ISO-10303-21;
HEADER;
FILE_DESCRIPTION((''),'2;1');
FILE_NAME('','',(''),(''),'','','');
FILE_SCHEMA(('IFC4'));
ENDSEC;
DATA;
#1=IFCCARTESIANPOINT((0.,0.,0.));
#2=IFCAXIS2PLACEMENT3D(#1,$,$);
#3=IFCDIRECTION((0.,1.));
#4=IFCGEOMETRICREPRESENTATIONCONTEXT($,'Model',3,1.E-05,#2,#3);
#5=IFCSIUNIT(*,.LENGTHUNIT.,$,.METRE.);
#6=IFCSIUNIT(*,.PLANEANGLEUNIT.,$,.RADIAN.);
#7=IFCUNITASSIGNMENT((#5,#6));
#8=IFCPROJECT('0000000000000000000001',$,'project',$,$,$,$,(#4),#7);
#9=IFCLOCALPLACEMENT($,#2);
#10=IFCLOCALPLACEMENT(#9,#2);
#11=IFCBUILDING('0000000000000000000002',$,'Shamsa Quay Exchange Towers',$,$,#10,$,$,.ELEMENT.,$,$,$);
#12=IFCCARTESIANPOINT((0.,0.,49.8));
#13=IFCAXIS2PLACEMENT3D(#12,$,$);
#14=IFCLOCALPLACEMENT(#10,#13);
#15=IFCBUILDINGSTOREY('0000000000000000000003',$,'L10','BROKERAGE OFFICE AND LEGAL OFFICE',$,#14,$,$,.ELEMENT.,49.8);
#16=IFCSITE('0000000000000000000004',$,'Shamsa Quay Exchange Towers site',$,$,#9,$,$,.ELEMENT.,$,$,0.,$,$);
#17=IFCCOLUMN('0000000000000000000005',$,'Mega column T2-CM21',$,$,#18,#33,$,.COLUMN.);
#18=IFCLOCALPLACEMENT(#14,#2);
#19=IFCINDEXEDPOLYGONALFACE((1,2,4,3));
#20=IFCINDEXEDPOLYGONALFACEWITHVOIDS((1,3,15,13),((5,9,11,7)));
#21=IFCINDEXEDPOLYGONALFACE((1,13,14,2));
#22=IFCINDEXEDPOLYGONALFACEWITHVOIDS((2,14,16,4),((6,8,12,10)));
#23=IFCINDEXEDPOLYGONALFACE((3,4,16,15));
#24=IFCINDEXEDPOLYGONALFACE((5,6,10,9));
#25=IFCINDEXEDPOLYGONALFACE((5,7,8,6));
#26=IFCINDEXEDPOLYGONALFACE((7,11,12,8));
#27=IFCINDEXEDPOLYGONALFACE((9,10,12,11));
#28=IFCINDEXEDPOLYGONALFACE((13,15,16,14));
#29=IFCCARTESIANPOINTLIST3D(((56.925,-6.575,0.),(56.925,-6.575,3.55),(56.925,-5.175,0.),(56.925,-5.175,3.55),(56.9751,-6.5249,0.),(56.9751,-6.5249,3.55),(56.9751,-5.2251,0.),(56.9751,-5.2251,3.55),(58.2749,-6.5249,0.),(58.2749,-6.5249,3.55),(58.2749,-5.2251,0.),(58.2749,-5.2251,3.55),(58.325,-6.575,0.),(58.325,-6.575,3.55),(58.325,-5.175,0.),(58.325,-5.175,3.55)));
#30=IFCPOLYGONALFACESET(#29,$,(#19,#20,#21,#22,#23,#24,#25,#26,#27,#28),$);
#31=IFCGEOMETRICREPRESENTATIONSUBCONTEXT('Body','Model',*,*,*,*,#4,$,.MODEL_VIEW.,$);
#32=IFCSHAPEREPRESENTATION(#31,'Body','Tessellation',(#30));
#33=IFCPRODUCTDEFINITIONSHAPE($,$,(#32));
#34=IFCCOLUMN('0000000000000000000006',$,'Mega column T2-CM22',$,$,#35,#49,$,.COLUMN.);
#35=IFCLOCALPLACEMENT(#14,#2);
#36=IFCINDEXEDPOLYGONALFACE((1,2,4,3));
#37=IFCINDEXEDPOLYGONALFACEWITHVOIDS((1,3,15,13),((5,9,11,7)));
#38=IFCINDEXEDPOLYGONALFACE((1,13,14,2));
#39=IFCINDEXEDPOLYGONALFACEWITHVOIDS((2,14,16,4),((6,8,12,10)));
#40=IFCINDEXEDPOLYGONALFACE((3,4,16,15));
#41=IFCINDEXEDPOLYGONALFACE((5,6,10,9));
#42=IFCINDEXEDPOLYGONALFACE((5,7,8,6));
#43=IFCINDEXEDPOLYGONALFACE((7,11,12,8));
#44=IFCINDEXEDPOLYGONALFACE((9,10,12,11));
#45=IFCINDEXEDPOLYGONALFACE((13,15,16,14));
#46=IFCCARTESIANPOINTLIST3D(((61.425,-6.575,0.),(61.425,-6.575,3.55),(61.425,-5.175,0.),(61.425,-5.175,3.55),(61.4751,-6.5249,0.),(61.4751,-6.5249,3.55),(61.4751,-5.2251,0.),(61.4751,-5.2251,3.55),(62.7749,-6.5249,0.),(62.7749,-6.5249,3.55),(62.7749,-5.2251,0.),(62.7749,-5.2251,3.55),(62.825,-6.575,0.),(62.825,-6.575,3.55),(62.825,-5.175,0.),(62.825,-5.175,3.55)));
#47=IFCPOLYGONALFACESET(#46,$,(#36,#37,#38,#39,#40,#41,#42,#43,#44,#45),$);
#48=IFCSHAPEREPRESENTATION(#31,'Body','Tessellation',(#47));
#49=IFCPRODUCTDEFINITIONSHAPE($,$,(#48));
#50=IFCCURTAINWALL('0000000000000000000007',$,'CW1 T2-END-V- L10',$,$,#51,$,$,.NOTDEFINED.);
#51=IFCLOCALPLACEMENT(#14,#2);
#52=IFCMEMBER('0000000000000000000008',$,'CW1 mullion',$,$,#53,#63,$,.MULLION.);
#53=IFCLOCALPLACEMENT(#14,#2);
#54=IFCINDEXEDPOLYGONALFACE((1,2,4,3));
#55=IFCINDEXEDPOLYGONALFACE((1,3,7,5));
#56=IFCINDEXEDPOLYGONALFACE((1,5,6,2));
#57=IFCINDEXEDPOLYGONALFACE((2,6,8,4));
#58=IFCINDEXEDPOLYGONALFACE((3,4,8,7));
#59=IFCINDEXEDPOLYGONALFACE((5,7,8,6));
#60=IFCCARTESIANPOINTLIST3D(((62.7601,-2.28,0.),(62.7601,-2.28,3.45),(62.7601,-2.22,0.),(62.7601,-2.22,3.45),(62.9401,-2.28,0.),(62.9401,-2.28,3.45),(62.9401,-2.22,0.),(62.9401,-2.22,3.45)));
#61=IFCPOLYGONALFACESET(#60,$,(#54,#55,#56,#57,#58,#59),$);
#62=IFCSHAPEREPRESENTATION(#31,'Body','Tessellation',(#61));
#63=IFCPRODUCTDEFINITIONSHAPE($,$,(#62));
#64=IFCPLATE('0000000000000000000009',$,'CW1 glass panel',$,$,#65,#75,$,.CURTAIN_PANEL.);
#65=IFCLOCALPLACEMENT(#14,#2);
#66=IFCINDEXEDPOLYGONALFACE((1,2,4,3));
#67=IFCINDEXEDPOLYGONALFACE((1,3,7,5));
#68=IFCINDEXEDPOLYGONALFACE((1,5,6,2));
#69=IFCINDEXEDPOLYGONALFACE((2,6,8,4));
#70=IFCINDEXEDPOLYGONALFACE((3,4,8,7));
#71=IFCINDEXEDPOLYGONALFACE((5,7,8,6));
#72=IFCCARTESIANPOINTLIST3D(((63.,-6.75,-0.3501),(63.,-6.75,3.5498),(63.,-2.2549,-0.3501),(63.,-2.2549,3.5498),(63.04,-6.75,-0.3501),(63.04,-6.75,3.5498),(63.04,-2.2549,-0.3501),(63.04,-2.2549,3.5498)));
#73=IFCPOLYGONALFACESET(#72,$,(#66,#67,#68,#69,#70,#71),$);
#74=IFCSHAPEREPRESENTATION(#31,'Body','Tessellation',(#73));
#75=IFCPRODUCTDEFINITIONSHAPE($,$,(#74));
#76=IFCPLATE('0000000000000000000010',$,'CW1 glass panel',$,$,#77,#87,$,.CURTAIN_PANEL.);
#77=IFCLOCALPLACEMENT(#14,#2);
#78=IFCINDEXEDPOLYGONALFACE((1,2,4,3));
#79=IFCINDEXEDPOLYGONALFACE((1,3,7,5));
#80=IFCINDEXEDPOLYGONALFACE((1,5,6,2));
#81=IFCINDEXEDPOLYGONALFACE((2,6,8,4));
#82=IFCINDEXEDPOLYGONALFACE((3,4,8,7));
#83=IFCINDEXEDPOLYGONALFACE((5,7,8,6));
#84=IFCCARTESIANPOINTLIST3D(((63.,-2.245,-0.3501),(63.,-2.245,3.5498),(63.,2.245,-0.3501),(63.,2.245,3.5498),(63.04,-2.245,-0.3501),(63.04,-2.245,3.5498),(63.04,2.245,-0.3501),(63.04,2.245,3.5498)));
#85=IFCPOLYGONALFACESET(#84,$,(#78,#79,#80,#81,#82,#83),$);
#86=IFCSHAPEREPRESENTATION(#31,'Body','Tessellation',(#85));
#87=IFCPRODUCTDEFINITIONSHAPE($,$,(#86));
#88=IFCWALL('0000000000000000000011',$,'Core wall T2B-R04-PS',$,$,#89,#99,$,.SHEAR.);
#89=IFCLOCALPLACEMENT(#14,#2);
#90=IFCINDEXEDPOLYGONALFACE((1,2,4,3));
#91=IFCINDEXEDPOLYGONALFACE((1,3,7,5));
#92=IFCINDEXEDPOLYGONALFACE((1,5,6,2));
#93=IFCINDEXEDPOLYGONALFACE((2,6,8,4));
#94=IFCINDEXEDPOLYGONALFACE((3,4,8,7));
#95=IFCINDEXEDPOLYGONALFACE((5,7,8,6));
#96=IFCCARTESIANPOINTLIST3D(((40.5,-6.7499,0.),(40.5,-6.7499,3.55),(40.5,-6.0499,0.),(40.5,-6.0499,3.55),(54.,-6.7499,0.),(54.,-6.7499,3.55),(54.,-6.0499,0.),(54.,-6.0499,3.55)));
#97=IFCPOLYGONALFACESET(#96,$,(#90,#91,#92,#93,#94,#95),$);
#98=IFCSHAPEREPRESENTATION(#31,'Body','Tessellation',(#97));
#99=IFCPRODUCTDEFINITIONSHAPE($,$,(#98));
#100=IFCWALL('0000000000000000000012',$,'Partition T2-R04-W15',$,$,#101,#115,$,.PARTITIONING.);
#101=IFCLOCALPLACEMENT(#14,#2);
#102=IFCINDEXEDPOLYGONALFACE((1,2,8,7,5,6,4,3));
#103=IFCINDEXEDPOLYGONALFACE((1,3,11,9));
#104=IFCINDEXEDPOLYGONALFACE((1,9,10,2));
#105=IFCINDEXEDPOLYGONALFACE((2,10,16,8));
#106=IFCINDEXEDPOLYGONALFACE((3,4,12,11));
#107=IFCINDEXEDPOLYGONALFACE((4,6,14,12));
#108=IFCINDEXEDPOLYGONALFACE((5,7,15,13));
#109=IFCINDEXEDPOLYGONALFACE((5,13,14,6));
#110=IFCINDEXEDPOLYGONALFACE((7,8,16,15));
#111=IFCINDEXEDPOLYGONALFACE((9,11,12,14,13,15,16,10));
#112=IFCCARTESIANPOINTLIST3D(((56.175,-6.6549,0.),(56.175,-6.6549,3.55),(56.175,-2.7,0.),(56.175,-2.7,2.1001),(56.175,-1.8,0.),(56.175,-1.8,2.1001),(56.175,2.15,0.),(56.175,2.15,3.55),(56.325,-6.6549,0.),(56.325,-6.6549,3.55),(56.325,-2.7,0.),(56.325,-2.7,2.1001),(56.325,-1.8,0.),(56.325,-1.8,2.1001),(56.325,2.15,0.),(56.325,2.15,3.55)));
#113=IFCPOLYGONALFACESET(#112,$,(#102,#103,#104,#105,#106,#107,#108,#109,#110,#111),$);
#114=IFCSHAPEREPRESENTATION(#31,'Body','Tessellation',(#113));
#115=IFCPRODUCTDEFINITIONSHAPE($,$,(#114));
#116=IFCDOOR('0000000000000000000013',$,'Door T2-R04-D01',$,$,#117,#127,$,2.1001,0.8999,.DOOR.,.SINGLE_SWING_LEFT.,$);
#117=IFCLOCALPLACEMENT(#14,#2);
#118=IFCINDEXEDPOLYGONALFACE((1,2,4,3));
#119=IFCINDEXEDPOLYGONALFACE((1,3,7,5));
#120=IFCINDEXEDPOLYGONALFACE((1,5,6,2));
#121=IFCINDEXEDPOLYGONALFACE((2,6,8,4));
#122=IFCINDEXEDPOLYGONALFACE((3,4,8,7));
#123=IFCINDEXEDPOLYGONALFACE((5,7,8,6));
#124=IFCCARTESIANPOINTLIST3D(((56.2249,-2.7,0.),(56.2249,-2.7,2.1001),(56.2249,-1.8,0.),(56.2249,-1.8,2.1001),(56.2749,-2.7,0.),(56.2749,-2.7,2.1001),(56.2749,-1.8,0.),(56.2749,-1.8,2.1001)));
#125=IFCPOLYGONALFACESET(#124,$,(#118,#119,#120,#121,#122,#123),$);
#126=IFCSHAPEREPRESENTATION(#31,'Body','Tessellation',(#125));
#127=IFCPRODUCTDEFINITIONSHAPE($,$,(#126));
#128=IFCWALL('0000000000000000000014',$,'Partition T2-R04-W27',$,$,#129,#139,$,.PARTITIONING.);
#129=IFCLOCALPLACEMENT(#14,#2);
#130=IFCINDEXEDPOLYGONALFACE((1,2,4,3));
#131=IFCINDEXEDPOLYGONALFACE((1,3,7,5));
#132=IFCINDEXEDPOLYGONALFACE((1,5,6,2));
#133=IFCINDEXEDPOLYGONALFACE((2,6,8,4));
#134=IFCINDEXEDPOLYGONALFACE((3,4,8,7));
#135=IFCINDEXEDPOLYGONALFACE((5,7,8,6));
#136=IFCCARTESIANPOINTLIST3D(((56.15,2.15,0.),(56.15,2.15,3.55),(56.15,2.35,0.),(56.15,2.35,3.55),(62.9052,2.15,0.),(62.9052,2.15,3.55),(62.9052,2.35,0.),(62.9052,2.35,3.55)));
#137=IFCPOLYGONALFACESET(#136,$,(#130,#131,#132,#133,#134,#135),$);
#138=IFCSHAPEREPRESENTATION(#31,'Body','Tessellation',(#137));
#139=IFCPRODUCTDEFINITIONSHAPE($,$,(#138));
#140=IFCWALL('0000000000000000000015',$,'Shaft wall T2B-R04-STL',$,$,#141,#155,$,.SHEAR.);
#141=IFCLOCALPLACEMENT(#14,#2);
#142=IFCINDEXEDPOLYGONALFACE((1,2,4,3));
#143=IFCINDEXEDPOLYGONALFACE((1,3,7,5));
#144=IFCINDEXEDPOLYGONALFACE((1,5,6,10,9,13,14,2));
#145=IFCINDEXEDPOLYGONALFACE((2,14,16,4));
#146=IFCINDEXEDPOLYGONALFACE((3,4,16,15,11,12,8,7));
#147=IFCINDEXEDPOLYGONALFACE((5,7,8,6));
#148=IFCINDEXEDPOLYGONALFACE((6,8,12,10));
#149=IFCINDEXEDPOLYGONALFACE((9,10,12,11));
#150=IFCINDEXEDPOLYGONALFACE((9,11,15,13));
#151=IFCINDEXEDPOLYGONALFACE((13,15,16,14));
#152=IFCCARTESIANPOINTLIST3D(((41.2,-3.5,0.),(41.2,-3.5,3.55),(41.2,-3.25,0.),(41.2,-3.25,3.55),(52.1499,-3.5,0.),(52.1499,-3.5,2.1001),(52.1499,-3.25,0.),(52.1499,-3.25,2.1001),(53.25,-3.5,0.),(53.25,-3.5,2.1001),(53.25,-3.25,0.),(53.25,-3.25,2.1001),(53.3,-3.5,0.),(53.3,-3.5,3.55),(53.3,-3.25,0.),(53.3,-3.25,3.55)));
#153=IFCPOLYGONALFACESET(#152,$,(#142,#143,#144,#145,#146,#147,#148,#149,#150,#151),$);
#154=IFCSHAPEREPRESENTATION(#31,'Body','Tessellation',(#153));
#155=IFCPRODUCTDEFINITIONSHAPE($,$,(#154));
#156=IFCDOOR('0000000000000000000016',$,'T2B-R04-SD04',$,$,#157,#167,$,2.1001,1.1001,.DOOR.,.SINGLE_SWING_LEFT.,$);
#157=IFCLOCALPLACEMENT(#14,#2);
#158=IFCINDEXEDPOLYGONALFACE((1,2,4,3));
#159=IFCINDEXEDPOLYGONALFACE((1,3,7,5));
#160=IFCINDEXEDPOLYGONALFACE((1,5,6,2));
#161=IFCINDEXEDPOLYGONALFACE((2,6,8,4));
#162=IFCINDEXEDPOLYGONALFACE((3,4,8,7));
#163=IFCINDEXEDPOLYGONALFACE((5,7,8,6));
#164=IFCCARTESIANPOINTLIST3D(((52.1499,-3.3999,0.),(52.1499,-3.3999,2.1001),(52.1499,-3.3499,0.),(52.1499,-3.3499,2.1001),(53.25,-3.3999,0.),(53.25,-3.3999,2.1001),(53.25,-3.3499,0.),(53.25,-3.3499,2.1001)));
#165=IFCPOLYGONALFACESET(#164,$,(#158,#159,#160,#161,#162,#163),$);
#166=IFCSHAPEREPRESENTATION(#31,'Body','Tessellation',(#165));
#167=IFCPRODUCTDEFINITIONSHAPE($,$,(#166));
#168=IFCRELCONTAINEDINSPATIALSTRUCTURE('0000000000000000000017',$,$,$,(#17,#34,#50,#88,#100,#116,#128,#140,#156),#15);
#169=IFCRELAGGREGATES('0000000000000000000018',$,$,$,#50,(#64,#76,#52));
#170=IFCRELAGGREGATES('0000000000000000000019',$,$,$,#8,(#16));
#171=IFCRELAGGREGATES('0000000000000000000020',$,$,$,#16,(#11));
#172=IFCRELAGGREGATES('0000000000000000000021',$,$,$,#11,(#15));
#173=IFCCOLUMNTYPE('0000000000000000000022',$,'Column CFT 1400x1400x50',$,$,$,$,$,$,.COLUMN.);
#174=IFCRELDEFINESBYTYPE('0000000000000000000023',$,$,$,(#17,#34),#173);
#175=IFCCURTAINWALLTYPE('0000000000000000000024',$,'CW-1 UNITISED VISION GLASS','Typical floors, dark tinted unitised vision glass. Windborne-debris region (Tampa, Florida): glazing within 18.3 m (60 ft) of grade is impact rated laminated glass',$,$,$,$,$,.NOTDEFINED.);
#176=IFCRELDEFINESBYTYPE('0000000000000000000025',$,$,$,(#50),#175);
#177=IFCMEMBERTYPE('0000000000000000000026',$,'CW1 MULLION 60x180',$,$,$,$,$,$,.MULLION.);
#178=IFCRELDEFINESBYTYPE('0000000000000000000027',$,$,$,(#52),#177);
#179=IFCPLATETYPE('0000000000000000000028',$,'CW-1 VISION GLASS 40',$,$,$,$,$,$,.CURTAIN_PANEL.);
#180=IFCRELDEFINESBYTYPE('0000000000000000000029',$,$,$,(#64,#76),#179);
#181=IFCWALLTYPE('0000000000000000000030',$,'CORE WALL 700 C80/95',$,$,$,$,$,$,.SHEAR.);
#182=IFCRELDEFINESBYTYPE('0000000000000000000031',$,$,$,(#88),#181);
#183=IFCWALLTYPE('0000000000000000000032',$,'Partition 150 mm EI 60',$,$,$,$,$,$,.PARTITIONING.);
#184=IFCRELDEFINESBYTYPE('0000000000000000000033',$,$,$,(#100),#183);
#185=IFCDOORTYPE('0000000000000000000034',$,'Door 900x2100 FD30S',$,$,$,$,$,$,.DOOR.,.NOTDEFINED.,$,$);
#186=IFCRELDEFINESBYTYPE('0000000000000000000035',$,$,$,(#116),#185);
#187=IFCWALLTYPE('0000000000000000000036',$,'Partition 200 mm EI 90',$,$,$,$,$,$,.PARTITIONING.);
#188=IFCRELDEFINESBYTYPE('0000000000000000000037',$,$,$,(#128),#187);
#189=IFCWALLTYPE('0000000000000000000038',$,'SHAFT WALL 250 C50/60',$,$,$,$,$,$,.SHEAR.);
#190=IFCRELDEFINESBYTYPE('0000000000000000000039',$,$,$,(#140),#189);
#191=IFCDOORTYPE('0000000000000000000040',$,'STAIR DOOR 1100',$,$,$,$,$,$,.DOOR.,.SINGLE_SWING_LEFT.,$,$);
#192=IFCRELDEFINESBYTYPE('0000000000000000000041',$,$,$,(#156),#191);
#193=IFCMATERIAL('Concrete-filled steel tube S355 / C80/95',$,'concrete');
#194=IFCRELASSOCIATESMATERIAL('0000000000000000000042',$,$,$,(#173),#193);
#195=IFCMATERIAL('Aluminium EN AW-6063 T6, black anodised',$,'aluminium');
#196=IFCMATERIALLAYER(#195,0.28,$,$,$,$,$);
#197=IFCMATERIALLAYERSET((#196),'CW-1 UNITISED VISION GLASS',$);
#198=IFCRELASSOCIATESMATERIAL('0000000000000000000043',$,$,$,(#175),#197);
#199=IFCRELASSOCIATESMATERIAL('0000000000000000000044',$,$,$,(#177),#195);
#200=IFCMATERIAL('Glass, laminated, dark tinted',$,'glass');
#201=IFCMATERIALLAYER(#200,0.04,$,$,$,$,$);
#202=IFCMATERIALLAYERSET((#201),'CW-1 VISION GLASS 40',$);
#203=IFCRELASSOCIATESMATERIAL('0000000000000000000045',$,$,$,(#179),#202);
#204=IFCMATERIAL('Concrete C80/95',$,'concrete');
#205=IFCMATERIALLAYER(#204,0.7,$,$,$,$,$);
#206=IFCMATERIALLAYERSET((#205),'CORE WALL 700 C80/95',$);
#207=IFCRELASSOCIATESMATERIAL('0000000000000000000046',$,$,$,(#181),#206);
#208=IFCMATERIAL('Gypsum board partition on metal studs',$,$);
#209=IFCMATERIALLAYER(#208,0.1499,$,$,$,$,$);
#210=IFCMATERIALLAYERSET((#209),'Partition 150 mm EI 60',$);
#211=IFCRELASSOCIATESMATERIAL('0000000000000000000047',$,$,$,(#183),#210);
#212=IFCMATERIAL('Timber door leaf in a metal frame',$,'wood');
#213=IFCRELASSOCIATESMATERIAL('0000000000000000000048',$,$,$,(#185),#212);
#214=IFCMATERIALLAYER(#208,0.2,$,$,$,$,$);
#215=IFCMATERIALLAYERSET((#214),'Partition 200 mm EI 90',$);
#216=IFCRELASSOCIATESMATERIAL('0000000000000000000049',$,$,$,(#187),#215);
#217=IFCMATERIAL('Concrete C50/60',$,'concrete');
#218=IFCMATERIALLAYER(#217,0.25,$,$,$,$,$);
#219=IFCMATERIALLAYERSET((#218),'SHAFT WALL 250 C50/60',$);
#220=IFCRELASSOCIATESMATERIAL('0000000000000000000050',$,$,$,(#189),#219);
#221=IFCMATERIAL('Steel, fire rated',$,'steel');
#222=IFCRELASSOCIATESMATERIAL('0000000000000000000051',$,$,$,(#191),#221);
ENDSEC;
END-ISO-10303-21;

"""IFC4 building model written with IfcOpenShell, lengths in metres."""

from ifc_helpers import new_model, si_unit, direction, frame, frame_2d, origin, origin_2d, place, context, subcontext, project, spatial, rectangle, hollow_rectangle, extrude, material, layer, layer_set, material_profile, profile_set, type_object, element, fill, aggregate, save


model = new_model("IFC4")

# Units and contexts
model_context = context("Model", 3, precision=1e-05, world=origin(), true_north=direction((0.0, 1.0)))
body_context = subcontext(model_context, "Body", "Model", "MODEL_VIEW")
ifc_project = project(units=[si_unit("LENGTHUNIT", "METRE"), si_unit("PLANEANGLEUNIT", "RADIAN")], contexts=[model_context])

# Site, building, storey
site_placement = place(None, origin())
site = spatial("IfcSite", under=ifc_project, at=site_placement, Name="Shamsa Quay Exchange Towers site", CompositionType="ELEMENT", RefElevation=0.0)
building_placement = place(site_placement, origin())
building = spatial("IfcBuilding", under=site, at=building_placement, Name="Shamsa Quay Exchange Towers", CompositionType="ELEMENT")
storey_placement = place(building_placement, frame((0.0, 0.0, 49.8)))
storey = spatial("IfcBuildingStorey", under=building, at=storey_placement, Name="L10", Description="BROKERAGE OFFICE AND LEGAL OFFICE", CompositionType="ELEMENT", Elevation=49.8)

# Columns
ifc_material_1 = material(Name="Concrete-filled steel tube S355 / C80/95", Category="concrete")
ifc_material_profile_1 = material_profile(ifc_material_1, hollow_rectangle(XDim=1.3999, YDim=1.3999, WallThickness=0.05, at=origin_2d()), Name="CFT 1400x1400x50")
ifc_profile_set_1 = profile_set([ifc_material_profile_1], Name="Concrete-filled steel tube S355 / C80/95")
column_type = type_object("IfcColumnType", Name="Column CFT 1400x1400x50", PredefinedType="COLUMN", material=ifc_profile_set_1)
for number, where, name in (
    (1, (57.625, -5.875, 0.0), "Mega column T2-CM21"),
    (2, (62.125, -5.875, 0.0), "Mega column T2-CM22"),
):
    element("IfcColumn", number, at=place(storey_placement, frame(where)), inside=storey, type_object=column_type, Name=name, PredefinedType="COLUMN", context=body_context, shape_type="SweptSolid", body=[
        extrude(hollow_rectangle(XDim=1.3999, YDim=1.3999, WallThickness=0.05, at=origin_2d()), origin(), (0.0, 0.0, 1.0), 3.55),
    ])

# Curtain wall, member, plates
ifc_material_2 = material(Name="Aluminium EN AW-6063 T6, black anodised", Category="aluminium")
ifc_layer_1 = layer(ifc_material_2, 0.28)
ifc_layer_set_1 = layer_set([ifc_layer_1], Name="CW-1 UNITISED VISION GLASS")
curtain_wall_type = type_object("IfcCurtainWallType", Name="CW-1 UNITISED VISION GLASS", Description="Typical floors, dark tinted unitised vision glass. Windborne-debris region (Tampa, Florida): glazing within 18.3 m (60 ft) of grade is impact rated laminated glass", PredefinedType="NOTDEFINED", material=ifc_layer_set_1)
curtain_wall_placement = place(storey_placement, origin())
curtain_wall = element("IfcCurtainWall", 3, at=curtain_wall_placement, inside=storey, type_object=curtain_wall_type, Name="CW1 T2-END-V- L10", PredefinedType="NOTDEFINED")
ifc_material_profile_2 = material_profile(ifc_material_2, rectangle(XDim=0.1799, YDim=0.0601, at=origin_2d()), Name="MU60x180")
ifc_profile_set_2 = profile_set([ifc_material_profile_2], Name="Aluminium EN AW-6063 T6, black anodised")
member_type = type_object("IfcMemberType", Name="CW1 MULLION 60x180", PredefinedType="MULLION", material=ifc_profile_set_2)
member_placement = place(storey_placement, frame((62.8501, -2.25, 0.0), z_axis=(0.0, 0.0, 1.0), x_axis=(-1.0, 0.0, 0.0)))
member = element("IfcMember", 4, at=member_placement, type_object=member_type, Name="CW1 mullion", PredefinedType="MULLION", context=body_context, shape_type="SweptSolid", body=[
    extrude(rectangle(XDim=0.1799, YDim=0.0601, at=origin_2d()), origin(), (0.0, 0.0, 1.0), 3.45),
])
ifc_material_3 = material(Name="Glass, laminated, dark tinted", Category="glass")
ifc_layer_2 = layer(ifc_material_3, 0.04)
ifc_layer_set_2 = layer_set([ifc_layer_2], Name="CW-1 VISION GLASS 40")
plate_type = type_object("IfcPlateType", Name="CW-1 VISION GLASS 40", PredefinedType="CURTAIN_PANEL", material=ifc_layer_set_2)
plate_1_placement = place(storey_placement, frame((63.02, -4.5024, -0.3501), z_axis=(0.0, 0.0, 1.0), x_axis=(0.0, 1.0, 0.0)))
plate_1 = element("IfcPlate", 5, at=plate_1_placement, type_object=plate_type, Name="CW1 glass panel", PredefinedType="CURTAIN_PANEL", context=body_context, shape_type="SweptSolid", body=[
    extrude(rectangle(XDim=4.4951, YDim=0.04, at=origin_2d()), origin(), (0.0, 0.0, 1.0), 3.8999),
])
plate_2_placement = place(storey_placement, frame((63.02, 0.0, -0.3501), z_axis=(0.0, 0.0, 1.0), x_axis=(0.0, 1.0, 0.0)))
plate_2 = element("IfcPlate", 6, at=plate_2_placement, type_object=plate_type, Name="CW1 glass panel", PredefinedType="CURTAIN_PANEL", context=body_context, shape_type="SweptSolid", body=[
    extrude(rectangle(XDim=4.49, YDim=0.04, at=origin_2d()), origin(), (0.0, 0.0, 1.0), 3.8999),
])
aggregate(curtain_wall, [plate_1, plate_2, member])

# Wall
ifc_material_4 = material(Name="Concrete C80/95", Category="concrete")
ifc_layer_3 = layer(ifc_material_4, 0.7)
ifc_layer_set_3 = layer_set([ifc_layer_3], Name="CORE WALL 700 C80/95")
wall_type_1 = type_object("IfcWallType", Name="CORE WALL 700 C80/95", PredefinedType="SHEAR", material=ifc_layer_set_3)
wall_1_placement = place(storey_placement, frame((54.0, -6.3999, 0.0), z_axis=(0.0, 0.0, 1.0), x_axis=(-1.0, 0.0, 0.0)))
element("IfcWall", 7, at=wall_1_placement, inside=storey, type_object=wall_type_1, Name="Core wall T2B-R04-PS", PredefinedType="SHEAR", context=body_context, shape_type="SweptSolid", body=[
    extrude(rectangle(XDim=13.5, YDim=0.7, at=frame_2d((6.75, 0.0))), origin(), (0.0, 0.0, 1.0), 3.55),
])

# Wall, opening, door
ifc_material_5 = material(Name="Steel, fire rated", Category="steel")
ifc_material_6 = material(Name="Gypsum board partition on metal studs")
ifc_layer_4 = layer(ifc_material_6, 0.1499)
ifc_layer_set_4 = layer_set([ifc_layer_4], Name="Partition 150 mm EI 60")
wall_type_2 = type_object("IfcWallType", Name="Partition 150 mm EI 60", PredefinedType="PARTITIONING", material=ifc_layer_set_4)
wall_2_placement = place(storey_placement, frame((56.25, 2.1499, 0.0), z_axis=(0.0, 0.0, 1.0), x_axis=(0.0, -1.0, 0.0)))
wall_2 = element("IfcWall", 8, at=wall_2_placement, inside=storey, type_object=wall_type_2, Name="Partition T2-R04-W15", PredefinedType="PARTITIONING", context=body_context, shape_type="SweptSolid", body=[
    extrude(rectangle(XDim=8.8049, YDim=0.1499, at=frame_2d((4.4023, 0.0))), origin(), (0.0, 0.0, 1.0), 3.55),
])
opening_1_placement = place(wall_2_placement, frame((3.95, 0.0, 0.0)))
opening_1 = element("IfcOpeningElement", 9, at=opening_1_placement, cuts=wall_2, PredefinedType="OPENING", context=body_context, shape_type="SweptSolid", body=[
    extrude(rectangle(XDim=0.8999, YDim=2.1001, at=frame_2d((0.45, 1.05))), frame((0.0, 0.085, 0.0), z_axis=(0.0, -1.0, 0.0), x_axis=(1.0, 0.0, 0.0)), (0.0, 0.0, 1.0), 0.1699),
])
ifc_material_7 = material(Name="Timber door leaf in a metal frame", Category="wood")
door_type_1 = type_object("IfcDoorType", Name="Door 900x2100 FD30S", OperationType="NOTDEFINED", PredefinedType="DOOR", material=ifc_material_7)
door_1_placement = place(opening_1_placement, origin())
door_1 = element("IfcDoor", 10, at=door_1_placement, inside=storey, type_object=door_type_1, Name="Door T2-R04-D01", OperationType="SINGLE_SWING_LEFT", OverallHeight=2.1001, OverallWidth=0.8999, PredefinedType="DOOR", context=body_context, shape_type="SweptSolid", body=[
    extrude(rectangle(XDim=0.8999, YDim=2.1001, at=frame_2d((0.45, 1.05))), frame((0.0, 0.0249, 0.0), z_axis=(0.0, -1.0, 0.0), x_axis=(1.0, 0.0, 0.0)), (0.0, 0.0, 1.0), 0.05),
])
fill(opening_1, door_1)

# Wall
ifc_layer_5 = layer(ifc_material_6, 0.2)
ifc_layer_set_5 = layer_set([ifc_layer_5], Name="Partition 200 mm EI 90")
wall_type_3 = type_object("IfcWallType", Name="Partition 200 mm EI 90", PredefinedType="PARTITIONING", material=ifc_layer_set_5)
wall_3_placement = place(storey_placement, frame((62.905, 2.25, 0.0), z_axis=(0.0, 0.0, 1.0), x_axis=(-1.0, 0.0, 0.0)))
element("IfcWall", 11, at=wall_3_placement, inside=storey, type_object=wall_type_3, Name="Partition T2-R04-W27", PredefinedType="PARTITIONING", context=body_context, shape_type="SweptSolid", body=[
    extrude(rectangle(XDim=6.7551, YDim=0.2, at=frame_2d((3.3774, 0.0))), origin(), (0.0, 0.0, 1.0), 3.55),
])

# Wall, opening, door
ifc_material_8 = material(Name="Concrete C50/60", Category="concrete")
ifc_layer_6 = layer(ifc_material_8, 0.25)
ifc_layer_set_6 = layer_set([ifc_layer_6], Name="SHAFT WALL 250 C50/60")
wall_type_4 = type_object("IfcWallType", Name="SHAFT WALL 250 C50/60", PredefinedType="SHEAR", material=ifc_layer_set_6)
wall_4_placement = place(storey_placement, frame((53.3, -3.375, 0.0), z_axis=(0.0, 0.0, 1.0), x_axis=(-1.0, 0.0, 0.0)))
wall_4 = element("IfcWall", 12, at=wall_4_placement, inside=storey, type_object=wall_type_4, Name="Shaft wall T2B-R04-STL", PredefinedType="SHEAR", context=body_context, shape_type="SweptSolid", body=[
    extrude(rectangle(XDim=12.1001, YDim=0.25, at=frame_2d((6.05, 0.0))), origin(), (0.0, 0.0, 1.0), 3.55),
])
opening_2_placement = place(wall_4_placement, frame((0.05, 0.0, 0.0)))
opening_2 = element("IfcOpeningElement", 13, at=opening_2_placement, cuts=wall_4, PredefinedType="OPENING", context=body_context, shape_type="SweptSolid", body=[
    extrude(rectangle(XDim=1.1001, YDim=2.1001, at=frame_2d((0.55, 1.05))), frame((0.0, 0.135, 0.0), z_axis=(0.0, -1.0, 0.0), x_axis=(1.0, 0.0, 0.0)), (0.0, 0.0, 1.0), 0.27),
])
door_type_2 = type_object("IfcDoorType", Name="STAIR DOOR 1100", OperationType="SINGLE_SWING_LEFT", PredefinedType="DOOR", material=ifc_material_5)
door_2_placement = place(opening_2_placement, origin())
door_2 = element("IfcDoor", 14, at=door_2_placement, inside=storey, type_object=door_type_2, Name="T2B-R04-SD04", OperationType="SINGLE_SWING_LEFT", OverallHeight=2.1001, OverallWidth=1.1001, PredefinedType="DOOR", context=body_context, shape_type="SweptSolid", body=[
    extrude(rectangle(XDim=1.1001, YDim=2.1001, at=frame_2d((0.55, 1.05))), frame((0.0, 0.0249, 0.0), z_axis=(0.0, -1.0, 0.0), x_axis=(1.0, 0.0, 0.0)), (0.0, 0.0, 1.0), 0.05),
])
fill(opening_2, door_2)

save(model, "model.ifc")
